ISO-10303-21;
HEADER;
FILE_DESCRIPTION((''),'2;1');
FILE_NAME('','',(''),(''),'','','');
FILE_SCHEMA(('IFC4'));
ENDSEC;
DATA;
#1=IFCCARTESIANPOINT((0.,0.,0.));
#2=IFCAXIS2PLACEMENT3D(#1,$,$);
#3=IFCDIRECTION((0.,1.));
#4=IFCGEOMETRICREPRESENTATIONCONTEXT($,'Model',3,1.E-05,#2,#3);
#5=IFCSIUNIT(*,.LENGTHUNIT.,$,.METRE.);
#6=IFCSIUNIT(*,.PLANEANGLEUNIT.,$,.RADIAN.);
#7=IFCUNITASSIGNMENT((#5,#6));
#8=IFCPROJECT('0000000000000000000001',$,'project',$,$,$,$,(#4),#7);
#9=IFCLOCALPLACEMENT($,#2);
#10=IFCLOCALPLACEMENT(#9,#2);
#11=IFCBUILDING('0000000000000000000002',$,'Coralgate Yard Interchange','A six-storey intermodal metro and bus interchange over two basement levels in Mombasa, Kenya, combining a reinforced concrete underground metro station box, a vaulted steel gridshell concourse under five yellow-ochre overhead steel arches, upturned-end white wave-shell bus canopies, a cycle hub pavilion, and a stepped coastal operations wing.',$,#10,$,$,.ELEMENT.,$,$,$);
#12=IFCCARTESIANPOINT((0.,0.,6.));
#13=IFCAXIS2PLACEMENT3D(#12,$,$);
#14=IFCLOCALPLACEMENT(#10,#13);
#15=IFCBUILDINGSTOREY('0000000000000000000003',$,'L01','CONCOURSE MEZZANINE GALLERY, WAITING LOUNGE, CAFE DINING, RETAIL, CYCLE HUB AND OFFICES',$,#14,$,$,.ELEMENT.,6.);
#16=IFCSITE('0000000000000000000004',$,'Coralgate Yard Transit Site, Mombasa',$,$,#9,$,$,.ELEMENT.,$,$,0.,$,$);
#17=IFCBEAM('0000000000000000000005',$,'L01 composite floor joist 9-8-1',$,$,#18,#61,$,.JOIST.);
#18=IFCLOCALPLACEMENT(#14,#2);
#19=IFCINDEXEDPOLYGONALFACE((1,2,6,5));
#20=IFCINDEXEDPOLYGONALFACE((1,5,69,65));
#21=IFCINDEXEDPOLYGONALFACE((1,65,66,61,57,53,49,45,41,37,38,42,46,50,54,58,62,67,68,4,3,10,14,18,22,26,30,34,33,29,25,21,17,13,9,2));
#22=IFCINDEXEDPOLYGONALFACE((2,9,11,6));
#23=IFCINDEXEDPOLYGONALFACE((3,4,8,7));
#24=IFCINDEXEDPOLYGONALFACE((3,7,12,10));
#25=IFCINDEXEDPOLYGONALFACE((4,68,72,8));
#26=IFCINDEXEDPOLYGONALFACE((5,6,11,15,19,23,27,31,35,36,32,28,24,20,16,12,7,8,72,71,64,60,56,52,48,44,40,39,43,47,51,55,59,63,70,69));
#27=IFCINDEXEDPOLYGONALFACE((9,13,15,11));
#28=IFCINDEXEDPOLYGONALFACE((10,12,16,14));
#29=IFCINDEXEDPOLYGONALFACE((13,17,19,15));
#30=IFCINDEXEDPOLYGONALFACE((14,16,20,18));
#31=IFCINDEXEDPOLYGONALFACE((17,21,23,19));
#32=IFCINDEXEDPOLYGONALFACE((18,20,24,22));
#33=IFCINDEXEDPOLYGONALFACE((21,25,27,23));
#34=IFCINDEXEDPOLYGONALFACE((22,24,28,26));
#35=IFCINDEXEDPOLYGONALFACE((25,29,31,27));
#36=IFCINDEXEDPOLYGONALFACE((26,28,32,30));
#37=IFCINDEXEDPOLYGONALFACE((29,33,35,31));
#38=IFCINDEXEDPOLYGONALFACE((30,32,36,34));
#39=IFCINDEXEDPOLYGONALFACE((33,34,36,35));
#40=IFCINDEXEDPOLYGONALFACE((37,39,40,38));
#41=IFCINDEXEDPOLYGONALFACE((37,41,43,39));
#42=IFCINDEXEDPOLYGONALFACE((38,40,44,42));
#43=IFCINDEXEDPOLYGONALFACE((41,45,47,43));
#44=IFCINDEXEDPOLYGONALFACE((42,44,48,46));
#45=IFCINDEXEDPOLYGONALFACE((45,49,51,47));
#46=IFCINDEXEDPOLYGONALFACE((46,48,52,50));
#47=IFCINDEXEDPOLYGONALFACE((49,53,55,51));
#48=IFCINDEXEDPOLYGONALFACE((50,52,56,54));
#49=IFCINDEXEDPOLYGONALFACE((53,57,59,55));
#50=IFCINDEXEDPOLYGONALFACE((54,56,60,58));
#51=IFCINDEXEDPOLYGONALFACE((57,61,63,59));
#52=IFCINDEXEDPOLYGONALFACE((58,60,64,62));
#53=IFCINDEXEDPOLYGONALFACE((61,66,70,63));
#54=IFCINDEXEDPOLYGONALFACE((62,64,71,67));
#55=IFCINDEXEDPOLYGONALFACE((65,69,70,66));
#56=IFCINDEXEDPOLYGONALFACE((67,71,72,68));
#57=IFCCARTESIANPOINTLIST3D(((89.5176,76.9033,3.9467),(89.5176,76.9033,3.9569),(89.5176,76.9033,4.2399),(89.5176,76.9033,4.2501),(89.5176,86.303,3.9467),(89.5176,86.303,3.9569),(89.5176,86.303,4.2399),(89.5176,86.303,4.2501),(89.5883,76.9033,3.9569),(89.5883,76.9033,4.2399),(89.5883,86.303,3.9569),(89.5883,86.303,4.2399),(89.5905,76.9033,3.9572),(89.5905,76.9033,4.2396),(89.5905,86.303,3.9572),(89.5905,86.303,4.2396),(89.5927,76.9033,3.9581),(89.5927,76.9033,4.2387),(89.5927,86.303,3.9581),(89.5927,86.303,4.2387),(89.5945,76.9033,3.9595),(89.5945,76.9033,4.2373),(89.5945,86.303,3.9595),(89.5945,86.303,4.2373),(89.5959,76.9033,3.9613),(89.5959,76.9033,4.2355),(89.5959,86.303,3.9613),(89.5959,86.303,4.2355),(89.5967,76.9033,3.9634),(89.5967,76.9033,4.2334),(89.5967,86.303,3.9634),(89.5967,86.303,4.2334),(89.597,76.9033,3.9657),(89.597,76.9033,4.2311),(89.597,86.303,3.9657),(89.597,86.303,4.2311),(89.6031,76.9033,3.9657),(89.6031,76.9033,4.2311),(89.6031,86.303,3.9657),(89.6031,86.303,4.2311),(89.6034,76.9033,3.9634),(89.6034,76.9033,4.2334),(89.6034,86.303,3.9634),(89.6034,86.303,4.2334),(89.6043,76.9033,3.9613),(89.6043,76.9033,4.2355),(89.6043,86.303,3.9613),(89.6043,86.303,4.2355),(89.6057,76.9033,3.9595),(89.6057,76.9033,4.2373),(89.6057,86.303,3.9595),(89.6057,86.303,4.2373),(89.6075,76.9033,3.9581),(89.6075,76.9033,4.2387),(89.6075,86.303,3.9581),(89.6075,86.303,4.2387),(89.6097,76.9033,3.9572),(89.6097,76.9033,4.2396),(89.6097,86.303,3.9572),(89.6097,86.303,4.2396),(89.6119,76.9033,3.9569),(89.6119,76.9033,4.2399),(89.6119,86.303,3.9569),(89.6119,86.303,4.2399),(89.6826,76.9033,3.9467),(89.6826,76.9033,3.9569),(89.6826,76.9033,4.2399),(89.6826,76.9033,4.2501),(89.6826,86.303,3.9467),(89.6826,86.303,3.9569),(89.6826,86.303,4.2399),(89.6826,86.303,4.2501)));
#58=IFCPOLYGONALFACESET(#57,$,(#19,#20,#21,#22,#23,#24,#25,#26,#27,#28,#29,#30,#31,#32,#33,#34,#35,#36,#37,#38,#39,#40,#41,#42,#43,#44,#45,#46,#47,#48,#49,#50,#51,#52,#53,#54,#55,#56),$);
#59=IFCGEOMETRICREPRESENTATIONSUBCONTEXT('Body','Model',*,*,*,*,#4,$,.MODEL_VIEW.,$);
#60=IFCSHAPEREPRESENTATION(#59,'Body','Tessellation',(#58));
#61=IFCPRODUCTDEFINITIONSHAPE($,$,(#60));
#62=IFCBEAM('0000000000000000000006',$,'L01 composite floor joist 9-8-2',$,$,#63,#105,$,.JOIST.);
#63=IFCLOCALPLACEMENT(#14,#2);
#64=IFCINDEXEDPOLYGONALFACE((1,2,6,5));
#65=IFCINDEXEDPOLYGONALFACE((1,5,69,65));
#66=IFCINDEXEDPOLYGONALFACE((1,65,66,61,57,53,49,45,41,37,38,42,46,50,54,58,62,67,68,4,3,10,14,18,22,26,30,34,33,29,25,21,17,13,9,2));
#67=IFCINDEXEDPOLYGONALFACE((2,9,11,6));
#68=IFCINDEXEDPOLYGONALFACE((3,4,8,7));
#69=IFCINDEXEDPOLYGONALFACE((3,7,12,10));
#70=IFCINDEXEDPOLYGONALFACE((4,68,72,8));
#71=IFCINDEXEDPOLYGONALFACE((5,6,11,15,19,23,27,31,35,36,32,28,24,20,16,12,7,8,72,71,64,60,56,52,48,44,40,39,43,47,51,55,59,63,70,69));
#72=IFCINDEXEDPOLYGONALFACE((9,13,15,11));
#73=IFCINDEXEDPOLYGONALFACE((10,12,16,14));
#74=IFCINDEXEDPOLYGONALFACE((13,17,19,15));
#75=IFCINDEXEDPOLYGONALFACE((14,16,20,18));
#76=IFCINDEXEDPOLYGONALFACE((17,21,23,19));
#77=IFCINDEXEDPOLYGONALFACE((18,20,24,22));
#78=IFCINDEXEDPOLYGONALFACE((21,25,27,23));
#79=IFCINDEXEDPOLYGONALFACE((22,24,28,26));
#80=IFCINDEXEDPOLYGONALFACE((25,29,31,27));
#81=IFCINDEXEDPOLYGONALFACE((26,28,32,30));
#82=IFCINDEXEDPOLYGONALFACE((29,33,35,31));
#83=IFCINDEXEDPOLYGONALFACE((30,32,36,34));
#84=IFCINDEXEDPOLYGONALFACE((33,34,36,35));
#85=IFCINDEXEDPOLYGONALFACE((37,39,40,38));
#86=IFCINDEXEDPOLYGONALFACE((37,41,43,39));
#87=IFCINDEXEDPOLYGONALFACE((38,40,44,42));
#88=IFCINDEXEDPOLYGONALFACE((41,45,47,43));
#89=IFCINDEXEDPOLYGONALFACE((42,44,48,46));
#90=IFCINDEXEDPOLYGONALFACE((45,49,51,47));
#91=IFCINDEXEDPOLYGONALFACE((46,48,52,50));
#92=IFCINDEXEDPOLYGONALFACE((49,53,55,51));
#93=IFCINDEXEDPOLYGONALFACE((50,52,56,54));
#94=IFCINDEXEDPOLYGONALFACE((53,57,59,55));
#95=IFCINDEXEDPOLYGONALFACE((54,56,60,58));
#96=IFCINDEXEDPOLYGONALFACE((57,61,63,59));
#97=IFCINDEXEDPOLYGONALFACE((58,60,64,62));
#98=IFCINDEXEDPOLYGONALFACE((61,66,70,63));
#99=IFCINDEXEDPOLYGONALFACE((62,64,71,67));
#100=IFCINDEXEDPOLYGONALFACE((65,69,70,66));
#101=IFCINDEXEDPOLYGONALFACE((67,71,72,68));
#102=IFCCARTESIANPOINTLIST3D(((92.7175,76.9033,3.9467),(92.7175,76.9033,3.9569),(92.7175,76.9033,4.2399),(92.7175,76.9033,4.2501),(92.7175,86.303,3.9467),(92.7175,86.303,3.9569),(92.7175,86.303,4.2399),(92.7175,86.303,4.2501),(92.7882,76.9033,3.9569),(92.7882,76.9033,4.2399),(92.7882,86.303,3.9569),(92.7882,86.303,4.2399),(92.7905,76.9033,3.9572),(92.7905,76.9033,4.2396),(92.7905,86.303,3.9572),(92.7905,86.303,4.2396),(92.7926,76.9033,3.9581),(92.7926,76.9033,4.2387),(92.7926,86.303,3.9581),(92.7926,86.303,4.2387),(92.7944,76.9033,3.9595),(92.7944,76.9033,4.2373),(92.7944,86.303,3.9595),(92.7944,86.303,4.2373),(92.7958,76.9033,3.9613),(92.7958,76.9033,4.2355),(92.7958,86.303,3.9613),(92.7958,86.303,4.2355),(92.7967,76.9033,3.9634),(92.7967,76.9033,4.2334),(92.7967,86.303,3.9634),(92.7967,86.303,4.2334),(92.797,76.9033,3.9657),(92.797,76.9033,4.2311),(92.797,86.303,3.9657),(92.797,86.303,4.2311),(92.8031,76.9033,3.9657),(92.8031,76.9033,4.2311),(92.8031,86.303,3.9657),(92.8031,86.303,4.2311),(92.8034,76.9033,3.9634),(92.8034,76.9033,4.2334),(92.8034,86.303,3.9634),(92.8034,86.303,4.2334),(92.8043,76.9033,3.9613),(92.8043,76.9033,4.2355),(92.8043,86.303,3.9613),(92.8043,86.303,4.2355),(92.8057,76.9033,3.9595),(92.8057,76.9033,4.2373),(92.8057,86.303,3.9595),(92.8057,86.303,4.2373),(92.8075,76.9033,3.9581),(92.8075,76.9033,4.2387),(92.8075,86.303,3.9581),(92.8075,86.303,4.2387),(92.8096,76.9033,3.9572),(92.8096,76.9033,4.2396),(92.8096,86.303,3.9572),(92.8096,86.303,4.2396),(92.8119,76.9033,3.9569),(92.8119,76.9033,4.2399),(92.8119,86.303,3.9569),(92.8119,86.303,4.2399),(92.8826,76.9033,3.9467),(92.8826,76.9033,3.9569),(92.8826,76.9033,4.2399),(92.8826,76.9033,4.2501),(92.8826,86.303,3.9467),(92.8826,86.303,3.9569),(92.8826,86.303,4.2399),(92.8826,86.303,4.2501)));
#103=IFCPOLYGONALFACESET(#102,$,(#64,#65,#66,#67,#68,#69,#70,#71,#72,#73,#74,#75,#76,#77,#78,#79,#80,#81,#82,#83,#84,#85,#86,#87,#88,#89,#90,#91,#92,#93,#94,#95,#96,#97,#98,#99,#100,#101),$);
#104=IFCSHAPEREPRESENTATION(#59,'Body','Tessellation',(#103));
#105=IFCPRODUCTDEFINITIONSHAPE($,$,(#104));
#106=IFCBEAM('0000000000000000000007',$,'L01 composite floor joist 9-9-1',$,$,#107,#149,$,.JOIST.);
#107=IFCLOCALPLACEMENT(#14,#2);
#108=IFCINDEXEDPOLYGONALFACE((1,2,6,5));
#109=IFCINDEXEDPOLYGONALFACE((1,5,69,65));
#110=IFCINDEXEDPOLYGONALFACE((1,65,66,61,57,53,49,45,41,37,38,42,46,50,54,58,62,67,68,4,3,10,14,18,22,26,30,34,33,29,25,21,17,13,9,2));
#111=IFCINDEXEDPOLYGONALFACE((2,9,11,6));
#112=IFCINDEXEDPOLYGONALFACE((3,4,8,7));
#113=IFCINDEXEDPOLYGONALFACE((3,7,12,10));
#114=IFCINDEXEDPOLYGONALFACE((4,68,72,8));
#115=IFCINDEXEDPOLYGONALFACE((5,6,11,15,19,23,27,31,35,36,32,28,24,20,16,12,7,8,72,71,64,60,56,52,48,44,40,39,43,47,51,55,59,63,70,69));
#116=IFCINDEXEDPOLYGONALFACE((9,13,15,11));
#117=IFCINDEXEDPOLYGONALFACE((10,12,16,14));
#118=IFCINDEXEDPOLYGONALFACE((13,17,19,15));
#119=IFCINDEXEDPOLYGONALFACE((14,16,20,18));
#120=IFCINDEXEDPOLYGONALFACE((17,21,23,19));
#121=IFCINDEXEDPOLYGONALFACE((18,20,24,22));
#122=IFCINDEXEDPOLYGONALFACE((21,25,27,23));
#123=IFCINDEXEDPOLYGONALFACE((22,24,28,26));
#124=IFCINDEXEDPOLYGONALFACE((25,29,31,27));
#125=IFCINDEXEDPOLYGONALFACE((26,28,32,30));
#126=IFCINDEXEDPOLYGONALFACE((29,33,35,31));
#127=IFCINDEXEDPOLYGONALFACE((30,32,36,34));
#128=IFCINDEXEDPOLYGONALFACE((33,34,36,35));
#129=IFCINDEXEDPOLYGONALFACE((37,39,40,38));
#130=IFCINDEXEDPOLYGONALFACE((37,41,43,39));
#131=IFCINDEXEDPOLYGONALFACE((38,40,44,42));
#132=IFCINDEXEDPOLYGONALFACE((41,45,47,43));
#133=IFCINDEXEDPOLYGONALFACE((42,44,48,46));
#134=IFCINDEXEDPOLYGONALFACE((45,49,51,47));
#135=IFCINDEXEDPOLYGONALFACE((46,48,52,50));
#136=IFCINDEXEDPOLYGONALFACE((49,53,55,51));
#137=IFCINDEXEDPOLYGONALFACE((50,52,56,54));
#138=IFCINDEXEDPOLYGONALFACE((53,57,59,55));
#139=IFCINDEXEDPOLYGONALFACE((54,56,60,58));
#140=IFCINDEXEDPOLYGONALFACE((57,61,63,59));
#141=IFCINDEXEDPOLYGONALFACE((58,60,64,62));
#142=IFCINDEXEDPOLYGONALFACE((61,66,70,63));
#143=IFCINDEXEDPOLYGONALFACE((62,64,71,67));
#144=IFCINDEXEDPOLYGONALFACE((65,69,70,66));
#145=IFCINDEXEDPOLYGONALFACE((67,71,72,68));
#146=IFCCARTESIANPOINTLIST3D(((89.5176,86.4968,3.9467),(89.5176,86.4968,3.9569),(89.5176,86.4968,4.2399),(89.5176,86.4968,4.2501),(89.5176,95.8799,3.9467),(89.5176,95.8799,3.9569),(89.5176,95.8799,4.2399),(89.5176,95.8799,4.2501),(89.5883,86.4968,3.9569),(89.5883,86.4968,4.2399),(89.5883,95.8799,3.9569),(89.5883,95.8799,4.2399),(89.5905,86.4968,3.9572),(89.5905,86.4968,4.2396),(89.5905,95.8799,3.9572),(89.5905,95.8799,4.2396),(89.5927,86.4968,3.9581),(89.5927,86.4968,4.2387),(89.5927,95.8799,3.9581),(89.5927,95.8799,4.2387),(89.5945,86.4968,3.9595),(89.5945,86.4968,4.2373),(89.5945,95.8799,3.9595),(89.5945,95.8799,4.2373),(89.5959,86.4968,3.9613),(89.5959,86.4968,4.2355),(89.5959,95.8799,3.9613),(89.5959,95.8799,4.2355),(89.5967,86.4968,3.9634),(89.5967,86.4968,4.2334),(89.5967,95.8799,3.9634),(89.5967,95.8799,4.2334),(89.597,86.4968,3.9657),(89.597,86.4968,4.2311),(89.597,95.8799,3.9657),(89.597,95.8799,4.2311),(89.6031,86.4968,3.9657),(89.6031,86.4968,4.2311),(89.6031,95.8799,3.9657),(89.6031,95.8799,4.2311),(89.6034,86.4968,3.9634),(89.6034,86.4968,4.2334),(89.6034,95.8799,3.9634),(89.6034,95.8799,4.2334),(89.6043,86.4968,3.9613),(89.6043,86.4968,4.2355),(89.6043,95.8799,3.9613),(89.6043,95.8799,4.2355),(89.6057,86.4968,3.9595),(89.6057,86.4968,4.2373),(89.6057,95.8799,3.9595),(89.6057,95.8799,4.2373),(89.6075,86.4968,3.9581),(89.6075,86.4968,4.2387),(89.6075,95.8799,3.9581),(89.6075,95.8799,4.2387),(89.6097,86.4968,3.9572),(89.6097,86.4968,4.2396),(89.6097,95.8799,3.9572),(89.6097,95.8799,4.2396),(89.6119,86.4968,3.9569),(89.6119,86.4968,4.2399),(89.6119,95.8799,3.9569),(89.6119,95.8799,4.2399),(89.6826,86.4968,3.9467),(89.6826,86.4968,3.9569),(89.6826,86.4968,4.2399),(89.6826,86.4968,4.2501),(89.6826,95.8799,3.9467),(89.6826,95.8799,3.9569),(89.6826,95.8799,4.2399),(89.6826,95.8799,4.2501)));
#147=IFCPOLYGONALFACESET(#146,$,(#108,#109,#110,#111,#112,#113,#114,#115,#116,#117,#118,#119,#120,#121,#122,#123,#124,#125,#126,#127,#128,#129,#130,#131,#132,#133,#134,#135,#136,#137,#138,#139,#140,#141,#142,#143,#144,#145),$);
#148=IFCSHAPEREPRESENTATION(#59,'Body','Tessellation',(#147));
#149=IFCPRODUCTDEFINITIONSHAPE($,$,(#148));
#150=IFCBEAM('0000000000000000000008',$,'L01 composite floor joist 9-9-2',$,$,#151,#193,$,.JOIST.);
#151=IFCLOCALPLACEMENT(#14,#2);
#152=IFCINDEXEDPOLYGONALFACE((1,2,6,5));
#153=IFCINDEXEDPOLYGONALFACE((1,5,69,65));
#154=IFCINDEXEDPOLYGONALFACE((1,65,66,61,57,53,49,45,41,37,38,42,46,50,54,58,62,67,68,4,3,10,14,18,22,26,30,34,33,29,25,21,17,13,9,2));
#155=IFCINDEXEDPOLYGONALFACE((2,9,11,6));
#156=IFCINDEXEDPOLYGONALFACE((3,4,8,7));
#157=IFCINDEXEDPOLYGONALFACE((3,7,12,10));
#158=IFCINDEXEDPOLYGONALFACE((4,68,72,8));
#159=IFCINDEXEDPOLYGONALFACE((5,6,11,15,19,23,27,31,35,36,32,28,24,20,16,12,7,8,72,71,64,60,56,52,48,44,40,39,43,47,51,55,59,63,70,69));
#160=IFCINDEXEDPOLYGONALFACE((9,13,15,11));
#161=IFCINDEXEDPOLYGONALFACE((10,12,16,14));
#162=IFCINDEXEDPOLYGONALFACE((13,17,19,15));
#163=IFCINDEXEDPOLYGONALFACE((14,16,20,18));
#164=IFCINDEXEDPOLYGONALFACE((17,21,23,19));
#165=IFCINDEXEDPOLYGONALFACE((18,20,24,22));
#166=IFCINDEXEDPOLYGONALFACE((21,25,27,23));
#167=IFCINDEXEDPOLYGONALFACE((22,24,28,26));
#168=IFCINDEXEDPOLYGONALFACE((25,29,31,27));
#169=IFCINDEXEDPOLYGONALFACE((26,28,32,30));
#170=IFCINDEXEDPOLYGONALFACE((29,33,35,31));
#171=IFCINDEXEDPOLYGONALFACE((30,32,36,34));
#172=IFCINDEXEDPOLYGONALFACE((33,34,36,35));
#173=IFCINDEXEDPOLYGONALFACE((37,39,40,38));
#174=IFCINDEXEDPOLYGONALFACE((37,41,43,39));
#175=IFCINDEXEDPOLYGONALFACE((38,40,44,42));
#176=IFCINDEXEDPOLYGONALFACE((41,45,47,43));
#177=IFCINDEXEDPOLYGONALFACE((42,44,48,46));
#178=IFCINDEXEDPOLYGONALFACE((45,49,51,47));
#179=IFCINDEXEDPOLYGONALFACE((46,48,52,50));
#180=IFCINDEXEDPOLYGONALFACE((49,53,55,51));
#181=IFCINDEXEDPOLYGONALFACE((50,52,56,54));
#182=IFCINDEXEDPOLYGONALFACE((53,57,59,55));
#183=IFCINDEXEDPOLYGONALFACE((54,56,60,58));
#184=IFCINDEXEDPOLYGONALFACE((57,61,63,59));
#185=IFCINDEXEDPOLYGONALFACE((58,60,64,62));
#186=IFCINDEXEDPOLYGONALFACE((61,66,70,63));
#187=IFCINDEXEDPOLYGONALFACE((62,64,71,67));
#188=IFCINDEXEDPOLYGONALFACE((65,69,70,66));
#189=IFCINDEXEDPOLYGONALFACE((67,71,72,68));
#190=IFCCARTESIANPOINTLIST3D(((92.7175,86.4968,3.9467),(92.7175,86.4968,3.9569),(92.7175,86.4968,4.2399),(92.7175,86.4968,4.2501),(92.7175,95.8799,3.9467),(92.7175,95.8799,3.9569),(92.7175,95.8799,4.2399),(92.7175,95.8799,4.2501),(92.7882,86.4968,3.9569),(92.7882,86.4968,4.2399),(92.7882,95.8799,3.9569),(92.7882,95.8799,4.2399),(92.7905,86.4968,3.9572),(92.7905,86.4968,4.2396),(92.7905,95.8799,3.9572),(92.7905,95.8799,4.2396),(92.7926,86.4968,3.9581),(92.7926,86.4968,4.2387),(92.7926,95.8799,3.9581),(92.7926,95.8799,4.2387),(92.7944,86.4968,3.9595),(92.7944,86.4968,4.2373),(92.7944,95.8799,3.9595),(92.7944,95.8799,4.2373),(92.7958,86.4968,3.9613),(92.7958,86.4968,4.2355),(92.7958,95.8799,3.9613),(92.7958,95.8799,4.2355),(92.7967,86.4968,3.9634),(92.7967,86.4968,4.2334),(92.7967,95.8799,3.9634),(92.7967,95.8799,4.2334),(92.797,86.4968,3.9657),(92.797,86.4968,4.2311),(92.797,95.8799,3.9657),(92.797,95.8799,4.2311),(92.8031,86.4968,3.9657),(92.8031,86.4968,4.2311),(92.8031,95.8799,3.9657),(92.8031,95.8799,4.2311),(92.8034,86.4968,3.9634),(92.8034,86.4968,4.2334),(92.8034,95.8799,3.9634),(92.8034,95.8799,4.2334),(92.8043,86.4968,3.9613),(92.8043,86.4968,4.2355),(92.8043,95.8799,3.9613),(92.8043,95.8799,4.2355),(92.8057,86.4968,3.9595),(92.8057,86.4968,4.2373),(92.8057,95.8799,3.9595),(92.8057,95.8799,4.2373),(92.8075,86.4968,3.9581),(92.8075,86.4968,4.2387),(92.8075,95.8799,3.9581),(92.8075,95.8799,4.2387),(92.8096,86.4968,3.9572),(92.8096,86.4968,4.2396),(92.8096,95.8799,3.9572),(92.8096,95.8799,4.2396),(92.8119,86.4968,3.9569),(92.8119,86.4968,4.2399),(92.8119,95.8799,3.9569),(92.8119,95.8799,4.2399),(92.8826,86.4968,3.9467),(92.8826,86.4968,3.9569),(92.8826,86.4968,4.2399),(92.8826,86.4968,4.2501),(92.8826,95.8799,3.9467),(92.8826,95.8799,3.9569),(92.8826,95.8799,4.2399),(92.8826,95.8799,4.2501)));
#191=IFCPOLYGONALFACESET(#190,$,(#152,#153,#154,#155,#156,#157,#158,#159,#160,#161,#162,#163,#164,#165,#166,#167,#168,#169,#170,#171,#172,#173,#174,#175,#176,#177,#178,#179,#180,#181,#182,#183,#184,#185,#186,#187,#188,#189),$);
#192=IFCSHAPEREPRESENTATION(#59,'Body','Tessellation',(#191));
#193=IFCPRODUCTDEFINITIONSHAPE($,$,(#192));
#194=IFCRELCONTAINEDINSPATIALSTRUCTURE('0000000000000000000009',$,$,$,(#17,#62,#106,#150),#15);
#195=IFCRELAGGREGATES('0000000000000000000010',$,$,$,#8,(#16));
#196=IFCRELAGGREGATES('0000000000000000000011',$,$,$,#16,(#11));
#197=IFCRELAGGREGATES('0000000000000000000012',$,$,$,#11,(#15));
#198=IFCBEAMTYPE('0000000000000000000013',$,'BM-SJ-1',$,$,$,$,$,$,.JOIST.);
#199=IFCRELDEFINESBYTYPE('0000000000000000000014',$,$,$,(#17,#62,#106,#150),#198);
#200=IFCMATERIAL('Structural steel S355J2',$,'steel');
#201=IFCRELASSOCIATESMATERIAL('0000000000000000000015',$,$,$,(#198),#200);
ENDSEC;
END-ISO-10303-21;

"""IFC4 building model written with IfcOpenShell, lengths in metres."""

from ifc_helpers import new_model, si_unit, direction, frame, origin, origin_2d, place, context, subcontext, project, spatial, i_section, extrude, material, material_profile, profile_set, type_object, element, save


model = new_model("IFC4")

# Units and contexts
model_context = context("Model", 3, precision=1e-05, world=origin(), true_north=direction((0.0, 1.0)))
body_context = subcontext(model_context, "Body", "Model", "MODEL_VIEW")
ifc_project = project(units=[si_unit("LENGTHUNIT", "METRE"), si_unit("PLANEANGLEUNIT", "RADIAN")], contexts=[model_context])

# Site, building, storey
site_placement = place(None, origin())
site = spatial("IfcSite", under=ifc_project, at=site_placement, Name="Coralgate Yard Transit Site, Mombasa", CompositionType="ELEMENT", RefElevation=0.0)
building_placement = place(site_placement, origin())
building = spatial("IfcBuilding", under=site, at=building_placement, Name="Coralgate Yard Interchange", Description="A six-storey intermodal metro and bus interchange over two basement levels in Mombasa, Kenya, combining a reinforced concrete underground metro station box, a vaulted steel gridshell concourse under five yellow-ochre overhead steel arches, upturned-end white wave-shell bus canopies, a cycle hub pavilion, and a stepped coastal operations wing.", CompositionType="ELEMENT")
storey_placement = place(building_placement, frame((0.0, 0.0, 6.0)))
storey = spatial("IfcBuildingStorey", under=building, at=storey_placement, Name="L01", Description="CONCOURSE MEZZANINE GALLERY, WAITING LOUNGE, CAFE DINING, RETAIL, CYCLE HUB AND OFFICES", CompositionType="ELEMENT", Elevation=6.0)

# Shared definitions
ifc_material_1 = material(Name="Structural steel S355J2", Category="steel")

# Beams
ifc_material_profile_1 = material_profile(ifc_material_1, i_section(OverallWidth=0.165, OverallDepth=0.3035, WebThickness=0.0061, FlangeThickness=0.0103, FilletRadius=0.0088, at=origin_2d()), Name="UB 305x165x40")
ifc_profile_set_1 = profile_set([ifc_material_profile_1], Name="Structural steel S355J2")
beam_type_1 = type_object("IfcBeamType", Name="BM-SJ-1", PredefinedType="JOIST", material=ifc_profile_set_1)
for number, where, z_axis, x_axis, name in (
    (1, (89.6001, 76.9033, 4.0984), (0.0, 1.0, 0.0), (-1.0, 0.0, 0.0), "L01 composite floor joist 9-8-1"),
    (2, (92.8, 76.9033, 4.0984), (0.0, 1.0, 0.0), (-1.0, 0.0, 0.0), "L01 composite floor joist 9-8-2"),
):
    element("IfcBeam", number, at=place(storey_placement, frame(where, z_axis=z_axis, x_axis=x_axis)), inside=storey, type_object=beam_type_1, Name=name, PredefinedType="JOIST", context=body_context, shape_type="SweptSolid", body=[
        extrude(i_section(OverallWidth=0.165, OverallDepth=0.3035, WebThickness=0.0061, FlangeThickness=0.0103, FilletRadius=0.0088, at=origin_2d()), origin(), (0.0, 0.0, 1.0), 9.3997),
    ])
for number, where, z_axis, x_axis, name in (
    (3, (89.6001, 86.4968, 4.0984), (0.0, 1.0, 0.0), (-1.0, 0.0, 0.0), "L01 composite floor joist 9-9-1"),
    (4, (92.8, 86.4968, 4.0984), (0.0, 1.0, 0.0), (-1.0, 0.0, 0.0), "L01 composite floor joist 9-9-2"),
):
    element("IfcBeam", number, at=place(storey_placement, frame(where, z_axis=z_axis, x_axis=x_axis)), inside=storey, type_object=beam_type_1, Name=name, PredefinedType="JOIST", context=body_context, shape_type="SweptSolid", body=[
        extrude(i_section(OverallWidth=0.165, OverallDepth=0.3035, WebThickness=0.0061, FlangeThickness=0.0103, FilletRadius=0.0088, at=origin_2d()), origin(), (0.0, 0.0, 1.0), 9.3831),
    ])

save(model, "model.ifc")
